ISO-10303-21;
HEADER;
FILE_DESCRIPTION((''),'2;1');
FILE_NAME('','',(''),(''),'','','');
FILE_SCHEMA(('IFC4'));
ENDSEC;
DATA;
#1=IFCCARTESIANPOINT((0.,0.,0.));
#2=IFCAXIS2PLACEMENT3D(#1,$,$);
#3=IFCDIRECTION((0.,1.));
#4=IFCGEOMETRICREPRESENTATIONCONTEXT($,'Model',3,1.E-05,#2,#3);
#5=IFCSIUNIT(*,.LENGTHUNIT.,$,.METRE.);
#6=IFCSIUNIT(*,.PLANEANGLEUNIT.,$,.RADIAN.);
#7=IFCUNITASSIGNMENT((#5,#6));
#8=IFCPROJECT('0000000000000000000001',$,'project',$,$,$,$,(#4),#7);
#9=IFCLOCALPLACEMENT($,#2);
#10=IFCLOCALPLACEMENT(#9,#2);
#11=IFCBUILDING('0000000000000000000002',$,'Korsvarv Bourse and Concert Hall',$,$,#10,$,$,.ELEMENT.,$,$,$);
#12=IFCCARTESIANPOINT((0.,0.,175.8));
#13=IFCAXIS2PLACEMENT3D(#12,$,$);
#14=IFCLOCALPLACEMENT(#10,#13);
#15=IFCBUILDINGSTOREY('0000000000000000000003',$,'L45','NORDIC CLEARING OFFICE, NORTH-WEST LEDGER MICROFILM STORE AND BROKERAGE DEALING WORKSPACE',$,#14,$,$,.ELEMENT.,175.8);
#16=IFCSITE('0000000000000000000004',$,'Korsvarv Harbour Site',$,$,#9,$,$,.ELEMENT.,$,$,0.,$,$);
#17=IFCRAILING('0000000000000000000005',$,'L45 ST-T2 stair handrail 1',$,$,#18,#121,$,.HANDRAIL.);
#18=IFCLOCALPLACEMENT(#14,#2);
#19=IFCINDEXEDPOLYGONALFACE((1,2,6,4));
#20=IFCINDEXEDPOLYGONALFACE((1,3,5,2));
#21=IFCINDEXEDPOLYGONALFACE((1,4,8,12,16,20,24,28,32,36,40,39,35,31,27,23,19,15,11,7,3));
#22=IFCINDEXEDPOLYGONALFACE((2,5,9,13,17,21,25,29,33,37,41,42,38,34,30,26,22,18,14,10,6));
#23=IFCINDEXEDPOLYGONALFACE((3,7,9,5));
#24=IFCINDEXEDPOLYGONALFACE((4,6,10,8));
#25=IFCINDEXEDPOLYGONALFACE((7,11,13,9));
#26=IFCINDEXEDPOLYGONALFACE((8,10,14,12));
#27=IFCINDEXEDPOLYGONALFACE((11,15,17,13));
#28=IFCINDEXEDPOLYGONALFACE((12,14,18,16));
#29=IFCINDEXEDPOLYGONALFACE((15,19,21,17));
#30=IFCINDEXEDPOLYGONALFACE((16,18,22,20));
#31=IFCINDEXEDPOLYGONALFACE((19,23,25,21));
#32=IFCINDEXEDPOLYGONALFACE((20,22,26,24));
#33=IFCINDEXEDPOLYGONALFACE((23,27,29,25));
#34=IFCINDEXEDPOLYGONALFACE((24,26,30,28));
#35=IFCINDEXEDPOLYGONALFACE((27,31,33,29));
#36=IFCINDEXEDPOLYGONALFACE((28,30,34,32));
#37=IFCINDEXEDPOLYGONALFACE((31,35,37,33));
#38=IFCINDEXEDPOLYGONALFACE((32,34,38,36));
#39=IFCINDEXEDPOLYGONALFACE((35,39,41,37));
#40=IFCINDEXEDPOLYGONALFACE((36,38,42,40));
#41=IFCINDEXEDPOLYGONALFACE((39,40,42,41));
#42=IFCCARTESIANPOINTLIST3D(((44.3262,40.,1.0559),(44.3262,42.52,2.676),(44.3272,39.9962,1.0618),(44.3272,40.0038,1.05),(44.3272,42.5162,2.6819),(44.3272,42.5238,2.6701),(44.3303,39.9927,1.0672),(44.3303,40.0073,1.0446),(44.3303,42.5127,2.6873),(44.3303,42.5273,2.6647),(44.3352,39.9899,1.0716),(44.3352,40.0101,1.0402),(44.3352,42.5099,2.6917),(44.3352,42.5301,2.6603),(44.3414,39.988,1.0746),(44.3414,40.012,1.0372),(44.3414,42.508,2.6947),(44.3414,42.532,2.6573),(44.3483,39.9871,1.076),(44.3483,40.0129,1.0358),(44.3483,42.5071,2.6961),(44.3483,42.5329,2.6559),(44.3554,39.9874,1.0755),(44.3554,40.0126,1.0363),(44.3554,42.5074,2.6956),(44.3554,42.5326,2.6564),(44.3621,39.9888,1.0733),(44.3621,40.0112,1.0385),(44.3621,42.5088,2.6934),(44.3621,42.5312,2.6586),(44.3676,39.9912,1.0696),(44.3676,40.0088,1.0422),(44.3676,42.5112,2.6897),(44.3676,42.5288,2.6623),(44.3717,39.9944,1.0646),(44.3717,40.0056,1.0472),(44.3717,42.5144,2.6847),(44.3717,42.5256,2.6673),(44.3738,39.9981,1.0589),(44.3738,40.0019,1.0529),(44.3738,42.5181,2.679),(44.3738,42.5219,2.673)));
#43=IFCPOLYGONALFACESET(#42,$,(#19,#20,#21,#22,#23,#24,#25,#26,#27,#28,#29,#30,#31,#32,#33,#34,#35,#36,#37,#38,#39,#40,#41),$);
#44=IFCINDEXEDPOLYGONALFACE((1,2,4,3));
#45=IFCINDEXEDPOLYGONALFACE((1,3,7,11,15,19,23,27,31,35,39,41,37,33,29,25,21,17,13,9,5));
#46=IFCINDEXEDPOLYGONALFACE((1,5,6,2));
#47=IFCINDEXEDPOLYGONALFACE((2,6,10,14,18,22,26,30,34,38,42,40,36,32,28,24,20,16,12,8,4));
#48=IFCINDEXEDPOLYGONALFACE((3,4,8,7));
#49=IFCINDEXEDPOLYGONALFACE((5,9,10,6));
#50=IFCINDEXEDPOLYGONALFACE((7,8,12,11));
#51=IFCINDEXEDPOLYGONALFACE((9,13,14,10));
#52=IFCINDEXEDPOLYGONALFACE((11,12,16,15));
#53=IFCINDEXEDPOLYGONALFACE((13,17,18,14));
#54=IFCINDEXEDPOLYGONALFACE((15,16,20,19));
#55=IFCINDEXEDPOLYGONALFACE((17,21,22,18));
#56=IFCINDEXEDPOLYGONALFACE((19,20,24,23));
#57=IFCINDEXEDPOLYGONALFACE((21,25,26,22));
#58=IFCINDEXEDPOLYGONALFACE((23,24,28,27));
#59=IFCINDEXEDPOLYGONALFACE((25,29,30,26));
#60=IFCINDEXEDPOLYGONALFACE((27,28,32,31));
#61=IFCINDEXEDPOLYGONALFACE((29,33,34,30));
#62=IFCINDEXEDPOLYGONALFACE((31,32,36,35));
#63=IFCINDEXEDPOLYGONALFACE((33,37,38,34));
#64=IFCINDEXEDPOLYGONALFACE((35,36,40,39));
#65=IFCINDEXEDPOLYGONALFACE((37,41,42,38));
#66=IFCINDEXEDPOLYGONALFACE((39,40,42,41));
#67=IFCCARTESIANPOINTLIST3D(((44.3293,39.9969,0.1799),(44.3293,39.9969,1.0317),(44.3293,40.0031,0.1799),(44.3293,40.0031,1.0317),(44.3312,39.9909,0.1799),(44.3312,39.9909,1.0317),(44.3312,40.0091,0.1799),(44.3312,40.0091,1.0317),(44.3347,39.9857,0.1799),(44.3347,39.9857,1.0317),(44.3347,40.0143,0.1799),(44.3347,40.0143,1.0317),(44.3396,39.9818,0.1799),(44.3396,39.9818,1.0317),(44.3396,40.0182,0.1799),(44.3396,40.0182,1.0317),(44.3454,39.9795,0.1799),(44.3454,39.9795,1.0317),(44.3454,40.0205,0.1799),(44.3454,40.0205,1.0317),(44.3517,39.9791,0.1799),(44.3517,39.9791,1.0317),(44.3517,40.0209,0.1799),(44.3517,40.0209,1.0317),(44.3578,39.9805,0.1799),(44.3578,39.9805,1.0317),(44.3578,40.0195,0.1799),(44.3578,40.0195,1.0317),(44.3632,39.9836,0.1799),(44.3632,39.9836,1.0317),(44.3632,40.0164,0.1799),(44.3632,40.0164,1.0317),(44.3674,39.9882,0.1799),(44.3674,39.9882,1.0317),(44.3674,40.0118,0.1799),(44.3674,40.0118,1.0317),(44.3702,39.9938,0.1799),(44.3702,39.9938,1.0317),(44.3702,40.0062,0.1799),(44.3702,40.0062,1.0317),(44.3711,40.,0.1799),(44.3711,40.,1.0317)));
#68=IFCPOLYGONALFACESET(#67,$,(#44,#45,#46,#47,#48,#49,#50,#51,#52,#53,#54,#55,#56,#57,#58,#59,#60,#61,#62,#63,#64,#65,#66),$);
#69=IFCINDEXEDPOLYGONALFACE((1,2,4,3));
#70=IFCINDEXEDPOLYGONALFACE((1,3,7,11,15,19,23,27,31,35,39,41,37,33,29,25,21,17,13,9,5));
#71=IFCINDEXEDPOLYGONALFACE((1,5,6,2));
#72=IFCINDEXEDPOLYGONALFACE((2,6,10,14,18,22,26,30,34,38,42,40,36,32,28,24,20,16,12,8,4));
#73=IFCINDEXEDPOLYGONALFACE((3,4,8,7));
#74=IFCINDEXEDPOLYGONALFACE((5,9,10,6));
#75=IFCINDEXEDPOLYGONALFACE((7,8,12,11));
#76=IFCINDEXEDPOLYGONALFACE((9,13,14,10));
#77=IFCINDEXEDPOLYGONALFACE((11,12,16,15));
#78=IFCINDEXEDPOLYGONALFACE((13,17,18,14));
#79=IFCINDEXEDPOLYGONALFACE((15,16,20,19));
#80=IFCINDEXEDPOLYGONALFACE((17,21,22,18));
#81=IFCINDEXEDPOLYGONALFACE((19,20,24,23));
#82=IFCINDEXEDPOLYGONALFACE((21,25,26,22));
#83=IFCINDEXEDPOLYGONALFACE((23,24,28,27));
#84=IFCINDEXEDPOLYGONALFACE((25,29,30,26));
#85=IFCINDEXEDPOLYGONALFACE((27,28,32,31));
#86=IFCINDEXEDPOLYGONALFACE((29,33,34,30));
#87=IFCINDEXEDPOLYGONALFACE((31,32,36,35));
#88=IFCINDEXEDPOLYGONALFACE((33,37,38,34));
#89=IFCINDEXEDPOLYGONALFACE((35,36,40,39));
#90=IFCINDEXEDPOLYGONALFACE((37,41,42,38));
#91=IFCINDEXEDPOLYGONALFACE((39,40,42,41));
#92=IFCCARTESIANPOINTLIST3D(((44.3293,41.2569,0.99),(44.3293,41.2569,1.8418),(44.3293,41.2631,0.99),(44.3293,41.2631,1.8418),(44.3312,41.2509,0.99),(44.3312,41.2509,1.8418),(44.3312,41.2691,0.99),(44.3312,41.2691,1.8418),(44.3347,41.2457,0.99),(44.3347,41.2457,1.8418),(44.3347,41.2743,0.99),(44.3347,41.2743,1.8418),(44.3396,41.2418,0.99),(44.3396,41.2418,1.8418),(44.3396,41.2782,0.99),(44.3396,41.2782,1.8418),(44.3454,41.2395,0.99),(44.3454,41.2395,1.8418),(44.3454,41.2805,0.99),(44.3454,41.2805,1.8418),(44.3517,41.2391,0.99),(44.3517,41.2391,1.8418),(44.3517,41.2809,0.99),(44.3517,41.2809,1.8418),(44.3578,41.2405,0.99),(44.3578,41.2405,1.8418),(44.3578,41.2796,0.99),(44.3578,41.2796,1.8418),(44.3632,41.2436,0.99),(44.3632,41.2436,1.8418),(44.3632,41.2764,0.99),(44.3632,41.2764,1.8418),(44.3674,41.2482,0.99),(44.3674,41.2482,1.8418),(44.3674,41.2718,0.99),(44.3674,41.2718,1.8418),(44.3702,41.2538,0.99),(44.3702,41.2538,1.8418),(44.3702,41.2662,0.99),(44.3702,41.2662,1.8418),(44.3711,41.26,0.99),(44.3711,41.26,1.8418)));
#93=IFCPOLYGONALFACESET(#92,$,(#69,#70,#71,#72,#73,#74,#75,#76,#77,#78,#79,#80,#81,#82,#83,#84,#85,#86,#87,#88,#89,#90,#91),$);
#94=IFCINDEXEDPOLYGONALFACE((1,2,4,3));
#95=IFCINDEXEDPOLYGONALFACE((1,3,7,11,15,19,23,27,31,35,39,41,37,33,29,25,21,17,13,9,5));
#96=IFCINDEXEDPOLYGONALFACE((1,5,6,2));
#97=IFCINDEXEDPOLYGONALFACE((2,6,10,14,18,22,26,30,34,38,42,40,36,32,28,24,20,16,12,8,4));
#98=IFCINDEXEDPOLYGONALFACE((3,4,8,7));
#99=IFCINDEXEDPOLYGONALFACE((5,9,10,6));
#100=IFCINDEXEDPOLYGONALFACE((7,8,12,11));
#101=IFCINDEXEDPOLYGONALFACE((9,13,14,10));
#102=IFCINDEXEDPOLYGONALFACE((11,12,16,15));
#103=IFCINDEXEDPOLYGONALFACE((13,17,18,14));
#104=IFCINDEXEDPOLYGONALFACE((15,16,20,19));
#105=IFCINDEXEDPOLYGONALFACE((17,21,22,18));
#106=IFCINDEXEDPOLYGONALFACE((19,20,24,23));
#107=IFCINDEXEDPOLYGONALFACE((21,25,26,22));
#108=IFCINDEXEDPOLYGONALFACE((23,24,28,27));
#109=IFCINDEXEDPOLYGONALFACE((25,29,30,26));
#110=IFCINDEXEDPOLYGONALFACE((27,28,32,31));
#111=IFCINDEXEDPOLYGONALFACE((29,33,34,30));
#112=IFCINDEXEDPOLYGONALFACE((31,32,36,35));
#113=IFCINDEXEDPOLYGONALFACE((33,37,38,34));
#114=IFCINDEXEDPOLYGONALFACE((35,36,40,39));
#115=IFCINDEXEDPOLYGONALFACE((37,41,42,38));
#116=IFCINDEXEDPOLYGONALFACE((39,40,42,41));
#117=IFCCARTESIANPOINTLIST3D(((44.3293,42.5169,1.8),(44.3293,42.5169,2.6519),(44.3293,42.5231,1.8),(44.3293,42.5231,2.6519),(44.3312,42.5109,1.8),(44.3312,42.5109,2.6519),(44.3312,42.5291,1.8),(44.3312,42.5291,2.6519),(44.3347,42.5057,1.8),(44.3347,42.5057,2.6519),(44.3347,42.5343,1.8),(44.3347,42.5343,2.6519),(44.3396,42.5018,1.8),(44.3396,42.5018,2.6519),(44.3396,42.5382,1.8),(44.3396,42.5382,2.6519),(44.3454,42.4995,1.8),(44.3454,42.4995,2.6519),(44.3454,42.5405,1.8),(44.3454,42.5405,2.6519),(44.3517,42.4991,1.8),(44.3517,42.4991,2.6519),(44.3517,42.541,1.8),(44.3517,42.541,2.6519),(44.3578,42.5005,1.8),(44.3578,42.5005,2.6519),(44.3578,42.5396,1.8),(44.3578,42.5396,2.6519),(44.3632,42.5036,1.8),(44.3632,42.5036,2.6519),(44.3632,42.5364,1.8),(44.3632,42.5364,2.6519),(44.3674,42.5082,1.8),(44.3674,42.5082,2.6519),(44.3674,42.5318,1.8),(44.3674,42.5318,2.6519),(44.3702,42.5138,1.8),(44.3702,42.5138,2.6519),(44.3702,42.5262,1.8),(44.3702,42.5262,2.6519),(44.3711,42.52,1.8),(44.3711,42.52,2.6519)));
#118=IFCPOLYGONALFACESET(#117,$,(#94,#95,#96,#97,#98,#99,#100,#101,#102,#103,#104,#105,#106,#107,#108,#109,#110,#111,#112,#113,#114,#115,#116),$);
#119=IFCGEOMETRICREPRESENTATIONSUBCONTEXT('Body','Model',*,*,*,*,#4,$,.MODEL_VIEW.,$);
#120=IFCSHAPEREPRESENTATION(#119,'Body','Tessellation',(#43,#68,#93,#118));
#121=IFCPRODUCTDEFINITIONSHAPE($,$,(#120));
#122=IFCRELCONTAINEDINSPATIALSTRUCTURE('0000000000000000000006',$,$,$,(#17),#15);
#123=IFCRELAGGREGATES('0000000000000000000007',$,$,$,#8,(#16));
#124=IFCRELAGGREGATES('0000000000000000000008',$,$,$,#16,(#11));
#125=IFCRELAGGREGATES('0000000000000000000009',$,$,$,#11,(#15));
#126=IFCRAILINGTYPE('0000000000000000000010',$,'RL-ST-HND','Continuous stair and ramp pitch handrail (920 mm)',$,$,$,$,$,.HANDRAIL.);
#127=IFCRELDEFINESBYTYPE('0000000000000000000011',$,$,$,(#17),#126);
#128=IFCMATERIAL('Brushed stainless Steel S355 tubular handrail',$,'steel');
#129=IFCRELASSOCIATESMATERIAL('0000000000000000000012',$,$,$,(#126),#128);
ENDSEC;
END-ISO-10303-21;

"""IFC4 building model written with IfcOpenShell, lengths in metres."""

from ifc_helpers import new_model, si_unit, direction, frame, origin, origin_2d, place, context, subcontext, project, spatial, circle, extrude, material, type_object, element, save


model = new_model("IFC4")

# Units and contexts
model_context = context("Model", 3, precision=1e-05, world=origin(), true_north=direction((0.0, 1.0)))
body_context = subcontext(model_context, "Body", "Model", "MODEL_VIEW")
ifc_project = project(units=[si_unit("LENGTHUNIT", "METRE"), si_unit("PLANEANGLEUNIT", "RADIAN")], contexts=[model_context])

# Site, building, storey
site_placement = place(None, origin())
site = spatial("IfcSite", under=ifc_project, at=site_placement, Name="Korsvarv Harbour Site", CompositionType="ELEMENT", RefElevation=0.0)
building_placement = place(site_placement, origin())
building = spatial("IfcBuilding", under=site, at=building_placement, Name="Korsvarv Bourse and Concert Hall", CompositionType="ELEMENT")
storey_placement = place(building_placement, frame((0.0, 0.0, 175.8)))
storey = spatial("IfcBuildingStorey", under=building, at=storey_placement, Name="L45", Description="NORDIC CLEARING OFFICE, NORTH-WEST LEDGER MICROFILM STORE AND BROKERAGE DEALING WORKSPACE", CompositionType="ELEMENT", Elevation=175.8)

# Railing
ifc_material_1 = material(Name="Brushed stainless Steel S355 tubular handrail", Category="steel")
railing_type_1 = type_object("IfcRailingType", Name="RL-ST-HND", Description="Continuous stair and ramp pitch handrail (920 mm)", PredefinedType="HANDRAIL", material=ifc_material_1)
railing_1_placement = place(storey_placement, frame((44.3501, 40.0, 0.1799)))
element("IfcRailing", 1, at=railing_1_placement, inside=storey, type_object=railing_type_1, Name="L45 ST-T2 stair handrail 1", PredefinedType="HANDRAIL", context=body_context, shape_type="SweptSolid", body=[
    extrude(circle(Radius=0.0239, at=origin_2d()), frame((0.0, 0.0, 0.876), z_axis=(0.0, 0.841163, 0.540782), x_axis=(-1.0, 0.0, 0.0)), (0.0, 0.0, 1.0), 2.9958),
    extrude(circle(Radius=0.021, at=origin_2d()), origin(), (0.0, 0.0, 1.0), 0.8518),
    extrude(circle(Radius=0.021, at=origin_2d()), frame((0.0, 1.26, 0.8101)), (0.0, 0.0, 1.0), 0.8518),
    extrude(circle(Radius=0.021, at=origin_2d()), frame((0.0, 2.52, 1.6201)), (0.0, 0.0, 1.0), 0.8518),
])

save(model, "model.ifc")
